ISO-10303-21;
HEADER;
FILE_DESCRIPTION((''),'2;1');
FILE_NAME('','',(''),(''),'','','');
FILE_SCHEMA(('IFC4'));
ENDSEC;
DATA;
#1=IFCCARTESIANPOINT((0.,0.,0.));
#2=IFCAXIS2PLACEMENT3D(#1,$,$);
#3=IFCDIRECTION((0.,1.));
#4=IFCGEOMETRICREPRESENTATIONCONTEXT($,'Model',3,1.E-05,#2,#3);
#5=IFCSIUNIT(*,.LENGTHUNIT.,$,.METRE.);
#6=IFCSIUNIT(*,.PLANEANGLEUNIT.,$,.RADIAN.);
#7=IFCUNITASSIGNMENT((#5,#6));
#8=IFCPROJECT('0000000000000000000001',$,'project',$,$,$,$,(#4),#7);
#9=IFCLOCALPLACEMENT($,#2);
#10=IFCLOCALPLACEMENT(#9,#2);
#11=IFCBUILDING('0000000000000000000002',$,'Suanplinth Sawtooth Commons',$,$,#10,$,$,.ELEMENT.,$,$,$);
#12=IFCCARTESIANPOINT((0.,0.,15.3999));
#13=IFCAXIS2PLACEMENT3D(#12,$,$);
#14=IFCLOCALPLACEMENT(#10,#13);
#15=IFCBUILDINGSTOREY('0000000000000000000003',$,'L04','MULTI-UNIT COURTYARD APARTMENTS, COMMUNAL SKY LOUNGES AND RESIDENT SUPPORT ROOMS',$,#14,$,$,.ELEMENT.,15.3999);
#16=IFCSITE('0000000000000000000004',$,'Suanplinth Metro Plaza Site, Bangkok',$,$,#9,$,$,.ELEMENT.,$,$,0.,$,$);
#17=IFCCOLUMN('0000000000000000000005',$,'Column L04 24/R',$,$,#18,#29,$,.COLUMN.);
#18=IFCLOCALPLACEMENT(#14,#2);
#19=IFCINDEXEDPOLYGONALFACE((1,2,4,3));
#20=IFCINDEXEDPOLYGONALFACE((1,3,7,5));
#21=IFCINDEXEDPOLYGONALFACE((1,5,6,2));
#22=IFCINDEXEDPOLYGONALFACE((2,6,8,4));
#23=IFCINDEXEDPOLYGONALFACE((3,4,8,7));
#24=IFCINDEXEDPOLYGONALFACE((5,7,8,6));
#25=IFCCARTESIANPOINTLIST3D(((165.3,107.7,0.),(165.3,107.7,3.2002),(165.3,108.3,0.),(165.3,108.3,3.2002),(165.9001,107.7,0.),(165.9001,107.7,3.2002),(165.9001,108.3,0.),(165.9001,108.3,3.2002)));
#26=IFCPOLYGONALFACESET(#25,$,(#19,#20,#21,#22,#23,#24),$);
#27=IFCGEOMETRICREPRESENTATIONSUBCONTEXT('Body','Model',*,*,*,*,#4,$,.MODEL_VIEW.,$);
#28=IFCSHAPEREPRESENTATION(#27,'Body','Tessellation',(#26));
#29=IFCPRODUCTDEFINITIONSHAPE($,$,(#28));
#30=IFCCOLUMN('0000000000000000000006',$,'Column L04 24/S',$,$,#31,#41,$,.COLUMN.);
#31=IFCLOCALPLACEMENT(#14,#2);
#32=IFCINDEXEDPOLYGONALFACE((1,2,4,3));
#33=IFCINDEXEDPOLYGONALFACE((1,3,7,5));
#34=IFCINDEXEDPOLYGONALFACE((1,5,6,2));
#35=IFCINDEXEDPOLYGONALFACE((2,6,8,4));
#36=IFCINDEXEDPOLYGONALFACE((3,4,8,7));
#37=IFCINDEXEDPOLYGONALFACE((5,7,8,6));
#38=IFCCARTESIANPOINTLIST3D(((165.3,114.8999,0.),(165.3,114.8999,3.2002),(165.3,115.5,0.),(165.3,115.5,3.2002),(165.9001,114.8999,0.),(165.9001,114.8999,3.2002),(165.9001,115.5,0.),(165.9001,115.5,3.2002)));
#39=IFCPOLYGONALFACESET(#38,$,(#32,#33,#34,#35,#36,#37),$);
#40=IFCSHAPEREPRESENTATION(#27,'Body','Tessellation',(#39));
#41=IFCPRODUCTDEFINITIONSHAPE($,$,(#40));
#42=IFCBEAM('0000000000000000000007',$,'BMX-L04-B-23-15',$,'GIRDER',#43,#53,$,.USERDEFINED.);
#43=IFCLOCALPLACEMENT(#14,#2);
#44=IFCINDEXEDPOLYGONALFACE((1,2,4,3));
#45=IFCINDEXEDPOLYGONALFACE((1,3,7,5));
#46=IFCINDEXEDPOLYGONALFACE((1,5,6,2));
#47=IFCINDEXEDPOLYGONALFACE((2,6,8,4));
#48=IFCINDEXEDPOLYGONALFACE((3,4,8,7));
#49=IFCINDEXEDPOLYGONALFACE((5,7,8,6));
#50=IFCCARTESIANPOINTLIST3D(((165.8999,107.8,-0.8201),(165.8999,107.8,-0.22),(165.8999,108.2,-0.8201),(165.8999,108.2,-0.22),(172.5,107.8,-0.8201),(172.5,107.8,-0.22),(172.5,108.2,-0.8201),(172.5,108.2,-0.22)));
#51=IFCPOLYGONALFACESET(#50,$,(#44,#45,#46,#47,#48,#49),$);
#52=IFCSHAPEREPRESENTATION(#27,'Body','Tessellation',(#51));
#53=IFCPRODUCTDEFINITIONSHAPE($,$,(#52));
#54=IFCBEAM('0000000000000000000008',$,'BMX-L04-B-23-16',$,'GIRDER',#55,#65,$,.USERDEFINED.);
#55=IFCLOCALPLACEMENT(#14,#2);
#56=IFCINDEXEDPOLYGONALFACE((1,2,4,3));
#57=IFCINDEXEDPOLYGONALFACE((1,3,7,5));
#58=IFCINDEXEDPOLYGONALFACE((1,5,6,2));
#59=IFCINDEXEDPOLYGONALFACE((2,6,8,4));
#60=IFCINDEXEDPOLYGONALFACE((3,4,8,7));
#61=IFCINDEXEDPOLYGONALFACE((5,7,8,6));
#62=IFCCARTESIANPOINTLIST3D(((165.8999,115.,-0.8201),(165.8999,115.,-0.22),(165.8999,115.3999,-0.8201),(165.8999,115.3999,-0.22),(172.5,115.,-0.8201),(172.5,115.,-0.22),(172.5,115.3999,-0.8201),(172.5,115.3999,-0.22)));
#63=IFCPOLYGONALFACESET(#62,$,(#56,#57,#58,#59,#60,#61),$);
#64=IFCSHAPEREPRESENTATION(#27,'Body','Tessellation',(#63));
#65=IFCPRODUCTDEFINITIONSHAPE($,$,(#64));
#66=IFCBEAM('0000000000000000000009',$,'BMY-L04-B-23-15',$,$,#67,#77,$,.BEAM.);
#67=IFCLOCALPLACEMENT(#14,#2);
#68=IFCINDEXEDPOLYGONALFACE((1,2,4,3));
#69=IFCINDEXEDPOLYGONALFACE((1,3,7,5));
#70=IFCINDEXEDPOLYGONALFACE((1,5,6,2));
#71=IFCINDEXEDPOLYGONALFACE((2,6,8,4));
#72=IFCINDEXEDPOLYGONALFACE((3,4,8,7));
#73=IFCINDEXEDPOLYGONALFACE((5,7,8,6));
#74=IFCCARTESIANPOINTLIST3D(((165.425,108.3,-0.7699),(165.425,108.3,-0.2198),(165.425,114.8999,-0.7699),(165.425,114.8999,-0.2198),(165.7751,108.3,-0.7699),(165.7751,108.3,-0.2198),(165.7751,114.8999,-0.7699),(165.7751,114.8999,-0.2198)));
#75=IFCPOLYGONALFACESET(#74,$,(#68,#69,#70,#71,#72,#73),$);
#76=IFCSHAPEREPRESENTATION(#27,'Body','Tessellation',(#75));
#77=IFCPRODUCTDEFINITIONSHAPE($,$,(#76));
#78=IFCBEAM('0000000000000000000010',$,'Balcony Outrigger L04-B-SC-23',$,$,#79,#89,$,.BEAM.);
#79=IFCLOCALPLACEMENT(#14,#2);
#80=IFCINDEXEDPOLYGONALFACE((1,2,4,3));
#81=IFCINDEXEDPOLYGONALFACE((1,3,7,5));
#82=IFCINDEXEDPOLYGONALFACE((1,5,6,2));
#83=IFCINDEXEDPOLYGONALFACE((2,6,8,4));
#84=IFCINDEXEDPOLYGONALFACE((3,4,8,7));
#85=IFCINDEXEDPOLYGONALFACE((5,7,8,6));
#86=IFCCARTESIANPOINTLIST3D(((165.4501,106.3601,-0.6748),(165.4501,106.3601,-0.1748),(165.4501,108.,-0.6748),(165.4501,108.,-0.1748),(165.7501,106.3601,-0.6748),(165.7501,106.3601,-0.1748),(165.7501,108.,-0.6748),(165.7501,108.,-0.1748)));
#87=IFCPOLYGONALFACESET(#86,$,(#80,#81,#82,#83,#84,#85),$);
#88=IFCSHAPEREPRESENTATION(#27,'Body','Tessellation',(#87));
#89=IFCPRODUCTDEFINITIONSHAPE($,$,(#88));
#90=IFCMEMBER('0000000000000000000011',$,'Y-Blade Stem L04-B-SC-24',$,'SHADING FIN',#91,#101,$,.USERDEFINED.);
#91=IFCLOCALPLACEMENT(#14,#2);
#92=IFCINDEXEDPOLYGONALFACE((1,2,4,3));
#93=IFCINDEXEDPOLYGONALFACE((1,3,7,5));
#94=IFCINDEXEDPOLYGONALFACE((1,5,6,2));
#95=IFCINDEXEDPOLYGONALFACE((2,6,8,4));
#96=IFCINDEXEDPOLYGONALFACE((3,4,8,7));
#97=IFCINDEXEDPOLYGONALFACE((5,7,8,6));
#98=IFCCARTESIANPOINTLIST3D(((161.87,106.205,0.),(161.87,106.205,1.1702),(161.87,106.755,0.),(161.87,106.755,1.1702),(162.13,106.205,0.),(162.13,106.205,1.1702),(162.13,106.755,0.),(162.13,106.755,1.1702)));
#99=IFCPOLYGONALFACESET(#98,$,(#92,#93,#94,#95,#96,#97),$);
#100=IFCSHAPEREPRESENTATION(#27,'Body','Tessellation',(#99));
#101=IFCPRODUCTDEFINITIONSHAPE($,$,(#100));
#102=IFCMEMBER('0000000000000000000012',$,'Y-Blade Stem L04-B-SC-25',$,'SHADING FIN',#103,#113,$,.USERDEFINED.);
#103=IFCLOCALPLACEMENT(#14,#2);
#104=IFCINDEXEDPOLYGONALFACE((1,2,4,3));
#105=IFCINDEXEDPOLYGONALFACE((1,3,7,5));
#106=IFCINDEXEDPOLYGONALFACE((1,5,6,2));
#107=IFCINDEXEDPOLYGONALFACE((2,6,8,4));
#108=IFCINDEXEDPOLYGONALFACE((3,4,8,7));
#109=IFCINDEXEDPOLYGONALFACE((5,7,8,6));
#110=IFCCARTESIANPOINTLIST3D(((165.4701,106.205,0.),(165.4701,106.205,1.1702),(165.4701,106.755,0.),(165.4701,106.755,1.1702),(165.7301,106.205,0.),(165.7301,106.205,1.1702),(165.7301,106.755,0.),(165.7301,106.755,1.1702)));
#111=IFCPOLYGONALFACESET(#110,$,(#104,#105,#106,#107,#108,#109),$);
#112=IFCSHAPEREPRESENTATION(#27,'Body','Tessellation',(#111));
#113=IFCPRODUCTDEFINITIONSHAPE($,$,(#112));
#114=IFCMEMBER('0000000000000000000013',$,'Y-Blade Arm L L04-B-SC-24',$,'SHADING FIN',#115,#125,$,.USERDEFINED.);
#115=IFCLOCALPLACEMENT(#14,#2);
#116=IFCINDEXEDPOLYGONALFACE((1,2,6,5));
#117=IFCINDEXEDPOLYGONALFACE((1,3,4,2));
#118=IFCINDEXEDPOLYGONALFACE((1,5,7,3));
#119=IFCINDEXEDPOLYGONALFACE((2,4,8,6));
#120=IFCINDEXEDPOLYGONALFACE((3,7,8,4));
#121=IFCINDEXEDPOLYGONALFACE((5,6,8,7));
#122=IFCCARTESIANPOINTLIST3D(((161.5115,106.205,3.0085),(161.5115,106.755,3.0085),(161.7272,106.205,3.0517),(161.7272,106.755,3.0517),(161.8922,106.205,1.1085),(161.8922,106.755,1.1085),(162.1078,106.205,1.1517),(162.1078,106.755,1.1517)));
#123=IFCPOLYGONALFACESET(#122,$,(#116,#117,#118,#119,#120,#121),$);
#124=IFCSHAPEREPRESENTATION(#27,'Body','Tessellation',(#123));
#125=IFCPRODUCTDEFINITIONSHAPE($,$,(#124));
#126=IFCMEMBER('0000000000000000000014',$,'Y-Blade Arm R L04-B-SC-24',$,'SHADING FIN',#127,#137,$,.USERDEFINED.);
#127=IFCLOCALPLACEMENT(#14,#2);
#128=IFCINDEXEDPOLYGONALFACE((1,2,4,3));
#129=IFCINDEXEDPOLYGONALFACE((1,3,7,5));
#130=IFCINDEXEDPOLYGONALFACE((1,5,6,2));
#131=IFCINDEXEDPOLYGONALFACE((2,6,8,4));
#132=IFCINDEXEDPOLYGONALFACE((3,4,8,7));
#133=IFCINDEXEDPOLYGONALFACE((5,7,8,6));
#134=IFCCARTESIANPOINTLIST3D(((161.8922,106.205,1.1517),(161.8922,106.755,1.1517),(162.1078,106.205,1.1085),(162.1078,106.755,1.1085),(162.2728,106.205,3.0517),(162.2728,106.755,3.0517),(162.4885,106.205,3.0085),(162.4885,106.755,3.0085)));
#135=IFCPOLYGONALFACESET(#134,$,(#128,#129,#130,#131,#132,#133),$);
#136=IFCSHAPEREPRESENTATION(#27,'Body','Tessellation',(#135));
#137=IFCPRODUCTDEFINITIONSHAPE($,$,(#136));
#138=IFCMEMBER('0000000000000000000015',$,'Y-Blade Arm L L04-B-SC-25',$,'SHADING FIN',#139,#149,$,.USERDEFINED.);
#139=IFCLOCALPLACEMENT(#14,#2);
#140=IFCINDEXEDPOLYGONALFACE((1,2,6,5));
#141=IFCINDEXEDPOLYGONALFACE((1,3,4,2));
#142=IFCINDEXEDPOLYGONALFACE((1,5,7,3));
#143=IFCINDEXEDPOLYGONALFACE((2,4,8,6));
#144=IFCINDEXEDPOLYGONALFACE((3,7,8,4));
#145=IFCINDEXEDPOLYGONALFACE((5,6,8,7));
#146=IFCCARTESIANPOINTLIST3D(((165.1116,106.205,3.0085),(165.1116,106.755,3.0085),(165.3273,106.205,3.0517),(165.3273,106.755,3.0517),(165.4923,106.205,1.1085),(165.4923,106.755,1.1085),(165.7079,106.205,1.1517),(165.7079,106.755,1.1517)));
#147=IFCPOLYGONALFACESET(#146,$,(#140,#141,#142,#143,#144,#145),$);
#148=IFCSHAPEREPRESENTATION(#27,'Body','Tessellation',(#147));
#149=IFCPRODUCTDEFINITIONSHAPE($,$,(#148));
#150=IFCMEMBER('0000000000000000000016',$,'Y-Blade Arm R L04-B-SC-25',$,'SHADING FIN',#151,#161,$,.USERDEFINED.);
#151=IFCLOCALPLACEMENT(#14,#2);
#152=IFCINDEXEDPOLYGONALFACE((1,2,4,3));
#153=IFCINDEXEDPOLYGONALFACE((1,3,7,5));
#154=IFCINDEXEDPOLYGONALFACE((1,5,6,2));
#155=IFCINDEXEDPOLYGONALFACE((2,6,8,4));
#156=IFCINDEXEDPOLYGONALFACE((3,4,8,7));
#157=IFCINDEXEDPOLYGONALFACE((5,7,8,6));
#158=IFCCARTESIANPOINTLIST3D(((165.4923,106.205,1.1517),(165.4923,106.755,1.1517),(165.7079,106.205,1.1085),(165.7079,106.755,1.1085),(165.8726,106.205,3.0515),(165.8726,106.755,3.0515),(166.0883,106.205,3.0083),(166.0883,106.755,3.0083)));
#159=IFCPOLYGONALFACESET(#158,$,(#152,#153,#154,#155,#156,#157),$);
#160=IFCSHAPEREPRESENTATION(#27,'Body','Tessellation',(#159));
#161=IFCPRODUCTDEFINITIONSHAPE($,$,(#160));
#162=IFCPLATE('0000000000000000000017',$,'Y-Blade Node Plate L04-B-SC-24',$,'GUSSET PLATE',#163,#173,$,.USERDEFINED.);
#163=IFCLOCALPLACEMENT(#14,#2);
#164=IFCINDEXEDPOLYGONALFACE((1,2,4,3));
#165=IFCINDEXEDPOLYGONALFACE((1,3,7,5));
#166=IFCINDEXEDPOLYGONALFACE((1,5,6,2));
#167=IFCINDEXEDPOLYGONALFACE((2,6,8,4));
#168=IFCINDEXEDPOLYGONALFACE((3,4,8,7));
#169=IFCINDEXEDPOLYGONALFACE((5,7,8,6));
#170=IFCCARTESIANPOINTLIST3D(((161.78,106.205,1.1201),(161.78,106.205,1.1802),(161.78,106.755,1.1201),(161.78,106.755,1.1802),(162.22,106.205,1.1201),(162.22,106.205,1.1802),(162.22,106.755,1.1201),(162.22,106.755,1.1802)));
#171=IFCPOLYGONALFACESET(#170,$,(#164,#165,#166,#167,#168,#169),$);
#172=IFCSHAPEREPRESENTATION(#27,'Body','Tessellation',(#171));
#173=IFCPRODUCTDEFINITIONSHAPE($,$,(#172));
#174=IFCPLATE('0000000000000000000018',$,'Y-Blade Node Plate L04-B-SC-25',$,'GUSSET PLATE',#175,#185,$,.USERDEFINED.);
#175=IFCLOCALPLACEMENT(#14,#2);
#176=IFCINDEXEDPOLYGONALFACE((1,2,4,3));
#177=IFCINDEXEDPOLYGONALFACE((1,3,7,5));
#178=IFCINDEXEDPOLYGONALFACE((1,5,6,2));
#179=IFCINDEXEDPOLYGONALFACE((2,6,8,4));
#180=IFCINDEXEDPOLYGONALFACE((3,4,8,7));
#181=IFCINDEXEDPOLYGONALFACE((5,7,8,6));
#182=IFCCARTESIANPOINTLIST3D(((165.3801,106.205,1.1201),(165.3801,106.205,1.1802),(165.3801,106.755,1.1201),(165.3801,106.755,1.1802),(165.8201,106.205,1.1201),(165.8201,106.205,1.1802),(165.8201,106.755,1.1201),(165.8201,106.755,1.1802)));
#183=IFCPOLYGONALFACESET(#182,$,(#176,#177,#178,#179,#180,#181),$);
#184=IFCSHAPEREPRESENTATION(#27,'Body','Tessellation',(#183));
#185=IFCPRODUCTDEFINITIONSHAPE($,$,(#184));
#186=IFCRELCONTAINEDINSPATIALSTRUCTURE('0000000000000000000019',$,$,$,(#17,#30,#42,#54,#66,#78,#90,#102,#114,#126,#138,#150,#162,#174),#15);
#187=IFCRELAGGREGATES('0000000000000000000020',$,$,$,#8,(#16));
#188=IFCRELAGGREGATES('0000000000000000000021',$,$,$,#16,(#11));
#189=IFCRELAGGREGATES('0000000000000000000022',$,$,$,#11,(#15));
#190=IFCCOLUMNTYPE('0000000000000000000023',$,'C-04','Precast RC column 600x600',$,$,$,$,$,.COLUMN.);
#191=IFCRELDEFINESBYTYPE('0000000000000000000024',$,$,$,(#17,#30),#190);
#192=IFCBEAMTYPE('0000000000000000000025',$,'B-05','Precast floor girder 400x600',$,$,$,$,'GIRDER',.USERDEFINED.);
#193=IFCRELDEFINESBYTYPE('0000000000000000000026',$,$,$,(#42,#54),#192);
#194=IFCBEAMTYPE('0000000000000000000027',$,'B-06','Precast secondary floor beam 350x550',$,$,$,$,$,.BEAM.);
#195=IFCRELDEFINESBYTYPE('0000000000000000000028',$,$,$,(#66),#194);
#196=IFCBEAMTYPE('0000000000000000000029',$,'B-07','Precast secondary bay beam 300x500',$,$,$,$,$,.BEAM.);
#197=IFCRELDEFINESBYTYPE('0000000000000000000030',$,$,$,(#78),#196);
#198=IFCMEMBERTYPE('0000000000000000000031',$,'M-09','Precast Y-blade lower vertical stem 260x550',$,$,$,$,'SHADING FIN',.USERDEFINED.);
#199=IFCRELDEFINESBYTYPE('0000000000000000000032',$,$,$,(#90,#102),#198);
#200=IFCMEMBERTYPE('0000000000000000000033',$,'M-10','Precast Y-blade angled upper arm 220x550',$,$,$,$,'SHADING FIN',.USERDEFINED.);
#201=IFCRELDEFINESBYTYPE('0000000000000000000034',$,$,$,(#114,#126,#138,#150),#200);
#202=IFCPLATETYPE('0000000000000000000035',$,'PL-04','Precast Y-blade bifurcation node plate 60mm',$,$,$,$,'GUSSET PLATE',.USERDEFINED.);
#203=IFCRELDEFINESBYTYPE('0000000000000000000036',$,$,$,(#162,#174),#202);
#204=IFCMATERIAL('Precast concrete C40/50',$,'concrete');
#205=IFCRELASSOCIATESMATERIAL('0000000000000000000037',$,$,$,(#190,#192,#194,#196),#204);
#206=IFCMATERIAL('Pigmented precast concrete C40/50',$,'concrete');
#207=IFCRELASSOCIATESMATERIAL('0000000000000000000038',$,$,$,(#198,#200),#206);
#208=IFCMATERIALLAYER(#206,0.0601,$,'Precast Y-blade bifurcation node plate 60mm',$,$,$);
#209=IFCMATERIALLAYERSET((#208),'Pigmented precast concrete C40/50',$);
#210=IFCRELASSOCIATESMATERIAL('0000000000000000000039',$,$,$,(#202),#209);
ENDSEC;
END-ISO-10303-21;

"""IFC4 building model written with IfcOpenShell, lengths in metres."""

from ifc_helpers import new_model, si_unit, direction, frame, origin, origin_2d, place, context, subcontext, project, spatial, rectangle, extrude, material, layer, layer_set, material_profile, profile_set, type_object, element, save


model = new_model("IFC4")

# Units and contexts
model_context = context("Model", 3, precision=1e-05, world=origin(), true_north=direction((0.0, 1.0)))
body_context = subcontext(model_context, "Body", "Model", "MODEL_VIEW")
ifc_project = project(units=[si_unit("LENGTHUNIT", "METRE"), si_unit("PLANEANGLEUNIT", "RADIAN")], contexts=[model_context])

# Site, building, storey
site_placement = place(None, origin())
site = spatial("IfcSite", under=ifc_project, at=site_placement, Name="Suanplinth Metro Plaza Site, Bangkok", CompositionType="ELEMENT", RefElevation=0.0)
building_placement = place(site_placement, origin())
building = spatial("IfcBuilding", under=site, at=building_placement, Name="Suanplinth Sawtooth Commons", CompositionType="ELEMENT")
storey_placement = place(building_placement, frame((0.0, 0.0, 15.3999)))
storey = spatial("IfcBuildingStorey", under=building, at=storey_placement, Name="L04", Description="MULTI-UNIT COURTYARD APARTMENTS, COMMUNAL SKY LOUNGES AND RESIDENT SUPPORT ROOMS", CompositionType="ELEMENT", Elevation=15.3999)

# Columns
ifc_material_1 = material(Name="Precast concrete C40/50", Category="concrete")
ifc_material_profile_1 = material_profile(ifc_material_1, rectangle(XDim=0.6001, YDim=0.6001, at=origin_2d()), Name="PC-COL 600x600")
ifc_profile_set_1 = profile_set([ifc_material_profile_1], Name="Precast concrete C40/50")
column_type = type_object("IfcColumnType", Name="C-04", Description="Precast RC column 600x600", PredefinedType="COLUMN", material=ifc_profile_set_1)
for number, where, z_axis, x_axis, name in (
    (1, (165.6001, 108.0, 0.0), (0.0, 0.0, 1.0), (1.0, 0.0, 0.0), "Column L04 24/R"),
    (2, (165.6001, 115.2, 0.0), (0.0, 0.0, 1.0), (1.0, 0.0, 0.0), "Column L04 24/S"),
):
    element("IfcColumn", number, at=place(storey_placement, frame(where, z_axis=z_axis, x_axis=x_axis)), inside=storey, type_object=column_type, Name=name, PredefinedType="COLUMN", context=body_context, shape_type="SweptSolid", body=[
        extrude(rectangle(XDim=0.6001, YDim=0.6001, at=origin_2d()), origin(), (0.0, 0.0, 1.0), 3.2002),
    ])

# Beams
ifc_material_profile_2 = material_profile(ifc_material_1, rectangle(XDim=0.3999, YDim=0.6001, at=origin_2d()), Name="PC-GDR 400x600")
ifc_profile_set_2 = profile_set([ifc_material_profile_2], Name="Precast concrete C40/50")
beam_type_1 = type_object("IfcBeamType", Name="B-05", Description="Precast floor girder 400x600", ElementType="GIRDER", PredefinedType="USERDEFINED", material=ifc_profile_set_2)
for number, where, z_axis, x_axis, name in (
    (3, (165.8999, 108.0, -0.52), (1.0, 0.0, 0.0), (0.0, 1.0, 0.0), "BMX-L04-B-23-15"),
    (4, (165.8999, 115.2, -0.52), (1.0, 0.0, 0.0), (0.0, 1.0, 0.0), "BMX-L04-B-23-16"),
):
    element("IfcBeam", number, at=place(storey_placement, frame(where, z_axis=z_axis, x_axis=x_axis)), inside=storey, type_object=beam_type_1, Name=name, ObjectType="GIRDER", PredefinedType="USERDEFINED", context=body_context, shape_type="SweptSolid", body=[
        extrude(rectangle(XDim=0.3999, YDim=0.6001, at=origin_2d()), origin(), (0.0, 0.0, 1.0), 6.6001),
    ])
ifc_material_profile_3 = material_profile(ifc_material_1, rectangle(XDim=0.3501, YDim=0.55, at=origin_2d()), Name="PC-BM 350x550")
ifc_profile_set_3 = profile_set([ifc_material_profile_3], Name="Precast concrete C40/50")
beam_type_2 = type_object("IfcBeamType", Name="B-06", Description="Precast secondary floor beam 350x550", PredefinedType="BEAM", material=ifc_profile_set_3)
beam_1_placement = place(storey_placement, frame((165.6001, 108.3, -0.4949), z_axis=(0.0, 1.0, 0.0), x_axis=(-1.0, 0.0, 0.0)))
element("IfcBeam", 5, at=beam_1_placement, inside=storey, type_object=beam_type_2, Name="BMY-L04-B-23-15", PredefinedType="BEAM", context=body_context, shape_type="SweptSolid", body=[
    extrude(rectangle(XDim=0.3501, YDim=0.55, at=origin_2d()), origin(), (0.0, 0.0, 1.0), 6.5999),
])
ifc_material_profile_4 = material_profile(ifc_material_1, rectangle(XDim=0.3, YDim=0.5, at=origin_2d()), Name="PC-BM 300x500")
ifc_profile_set_4 = profile_set([ifc_material_profile_4], Name="Precast concrete C40/50")
beam_type_3 = type_object("IfcBeamType", Name="B-07", Description="Precast secondary bay beam 300x500", PredefinedType="BEAM", material=ifc_profile_set_4)
beam_2_placement = place(storey_placement, frame((165.6001, 108.0, -0.4248), z_axis=(0.0, -1.0, 0.0), x_axis=(1.0, 0.0, 0.0)))
element("IfcBeam", 6, at=beam_2_placement, inside=storey, type_object=beam_type_3, Name="Balcony Outrigger L04-B-SC-23", PredefinedType="BEAM", context=body_context, shape_type="SweptSolid", body=[
    extrude(rectangle(XDim=0.3, YDim=0.5, at=origin_2d()), origin(), (0.0, 0.0, 1.0), 1.6399),
])

# Members
ifc_material_2 = material(Name="Pigmented precast concrete C40/50", Category="concrete")
ifc_material_profile_5 = material_profile(ifc_material_2, rectangle(XDim=0.26, YDim=0.55, at=origin_2d()), Name="PC-FIN 260x550")
ifc_profile_set_5 = profile_set([ifc_material_profile_5], Name="Pigmented precast concrete C40/50")
member_type_1 = type_object("IfcMemberType", Name="M-09", Description="Precast Y-blade lower vertical stem 260x550", ElementType="SHADING FIN", PredefinedType="USERDEFINED", material=ifc_profile_set_5)
for number, where, z_axis, x_axis, name in (
    (7, (162.0, 106.48, 0.0), (0.0, 0.0, 1.0), (1.0, 0.0, 0.0), "Y-Blade Stem L04-B-SC-24"),
    (8, (165.6001, 106.48, 0.0), (0.0, 0.0, 1.0), (1.0, 0.0, 0.0), "Y-Blade Stem L04-B-SC-25"),
):
    element("IfcMember", number, at=place(storey_placement, frame(where, z_axis=z_axis, x_axis=x_axis)), inside=storey, type_object=member_type_1, Name=name, ObjectType="SHADING FIN", PredefinedType="USERDEFINED", context=body_context, shape_type="SweptSolid", body=[
        extrude(rectangle(XDim=0.26, YDim=0.55, at=origin_2d()), origin(), (0.0, 0.0, 1.0), 1.1702),
    ])
ifc_material_profile_6 = material_profile(ifc_material_2, rectangle(XDim=0.22, YDim=0.55, at=origin_2d()), Name="PC-FIN 220x550")
ifc_profile_set_6 = profile_set([ifc_material_profile_6], Name="Pigmented precast concrete C40/50")
member_type_2 = type_object("IfcMemberType", Name="M-10", Description="Precast Y-blade angled upper arm 220x550", ElementType="SHADING FIN", PredefinedType="USERDEFINED", material=ifc_profile_set_6)
for number, where, z_axis, x_axis, name in (
    (9, (162.0, 106.48, 1.1301), (-0.196431, 0.0, 0.980518), (0.980518, 0.0, 0.196431), "Y-Blade Arm L L04-B-SC-24"),
    (10, (162.0, 106.48, 1.1301), (0.196431, 0.0, 0.980518), (-0.980518, 0.0, 0.196431), "Y-Blade Arm R L04-B-SC-24"),
    (11, (165.6001, 106.48, 1.1301), (-0.196431, 0.0, 0.980518), (0.980518, 0.0, 0.196431), "Y-Blade Arm L L04-B-SC-25"),
):
    element("IfcMember", number, at=place(storey_placement, frame(where, z_axis=z_axis, x_axis=x_axis)), inside=storey, type_object=member_type_2, Name=name, ObjectType="SHADING FIN", PredefinedType="USERDEFINED", context=body_context, shape_type="SweptSolid", body=[
        extrude(rectangle(XDim=0.22, YDim=0.55, at=origin_2d()), origin(), (0.0, 0.0, 1.0), 1.9377),
    ])
member_placement = place(storey_placement, frame((165.6001, 106.48, 1.1301), z_axis=(0.19631, 0.0, 0.980542), x_axis=(-0.980542, 0.0, 0.19631)))
element("IfcMember", 12, at=member_placement, inside=storey, type_object=member_type_2, Name="Y-Blade Arm R L04-B-SC-25", ObjectType="SHADING FIN", PredefinedType="USERDEFINED", context=body_context, shape_type="SweptSolid", body=[
    extrude(rectangle(XDim=0.22, YDim=0.55, at=origin_2d()), origin(), (0.0, 0.0, 1.0), 1.9375),
])

# Plates
ifc_layer_1 = layer(ifc_material_2, 0.0601, Name="Precast Y-blade bifurcation node plate 60mm")
ifc_layer_set_1 = layer_set([ifc_layer_1], Name="Pigmented precast concrete C40/50")
plate_type = type_object("IfcPlateType", Name="PL-04", Description="Precast Y-blade bifurcation node plate 60mm", ElementType="GUSSET PLATE", PredefinedType="USERDEFINED", material=ifc_layer_set_1)
for number, where, z_axis, x_axis, name in (
    (13, (162.0, 106.48, 1.1201), (0.0, 0.0, 1.0), (1.0, 0.0, 0.0), "Y-Blade Node Plate L04-B-SC-24"),
    (14, (165.6001, 106.48, 1.1201), (0.0, 0.0, 1.0), (1.0, 0.0, 0.0), "Y-Blade Node Plate L04-B-SC-25"),
):
    element("IfcPlate", number, at=place(storey_placement, frame(where, z_axis=z_axis, x_axis=x_axis)), inside=storey, type_object=plate_type, Name=name, ObjectType="GUSSET PLATE", PredefinedType="USERDEFINED", context=body_context, shape_type="SweptSolid", body=[
        extrude(rectangle(XDim=0.4399, YDim=0.55, at=origin_2d()), origin(), (0.0, 0.0, 1.0), 0.0601),
    ])

save(model, "model.ifc")
